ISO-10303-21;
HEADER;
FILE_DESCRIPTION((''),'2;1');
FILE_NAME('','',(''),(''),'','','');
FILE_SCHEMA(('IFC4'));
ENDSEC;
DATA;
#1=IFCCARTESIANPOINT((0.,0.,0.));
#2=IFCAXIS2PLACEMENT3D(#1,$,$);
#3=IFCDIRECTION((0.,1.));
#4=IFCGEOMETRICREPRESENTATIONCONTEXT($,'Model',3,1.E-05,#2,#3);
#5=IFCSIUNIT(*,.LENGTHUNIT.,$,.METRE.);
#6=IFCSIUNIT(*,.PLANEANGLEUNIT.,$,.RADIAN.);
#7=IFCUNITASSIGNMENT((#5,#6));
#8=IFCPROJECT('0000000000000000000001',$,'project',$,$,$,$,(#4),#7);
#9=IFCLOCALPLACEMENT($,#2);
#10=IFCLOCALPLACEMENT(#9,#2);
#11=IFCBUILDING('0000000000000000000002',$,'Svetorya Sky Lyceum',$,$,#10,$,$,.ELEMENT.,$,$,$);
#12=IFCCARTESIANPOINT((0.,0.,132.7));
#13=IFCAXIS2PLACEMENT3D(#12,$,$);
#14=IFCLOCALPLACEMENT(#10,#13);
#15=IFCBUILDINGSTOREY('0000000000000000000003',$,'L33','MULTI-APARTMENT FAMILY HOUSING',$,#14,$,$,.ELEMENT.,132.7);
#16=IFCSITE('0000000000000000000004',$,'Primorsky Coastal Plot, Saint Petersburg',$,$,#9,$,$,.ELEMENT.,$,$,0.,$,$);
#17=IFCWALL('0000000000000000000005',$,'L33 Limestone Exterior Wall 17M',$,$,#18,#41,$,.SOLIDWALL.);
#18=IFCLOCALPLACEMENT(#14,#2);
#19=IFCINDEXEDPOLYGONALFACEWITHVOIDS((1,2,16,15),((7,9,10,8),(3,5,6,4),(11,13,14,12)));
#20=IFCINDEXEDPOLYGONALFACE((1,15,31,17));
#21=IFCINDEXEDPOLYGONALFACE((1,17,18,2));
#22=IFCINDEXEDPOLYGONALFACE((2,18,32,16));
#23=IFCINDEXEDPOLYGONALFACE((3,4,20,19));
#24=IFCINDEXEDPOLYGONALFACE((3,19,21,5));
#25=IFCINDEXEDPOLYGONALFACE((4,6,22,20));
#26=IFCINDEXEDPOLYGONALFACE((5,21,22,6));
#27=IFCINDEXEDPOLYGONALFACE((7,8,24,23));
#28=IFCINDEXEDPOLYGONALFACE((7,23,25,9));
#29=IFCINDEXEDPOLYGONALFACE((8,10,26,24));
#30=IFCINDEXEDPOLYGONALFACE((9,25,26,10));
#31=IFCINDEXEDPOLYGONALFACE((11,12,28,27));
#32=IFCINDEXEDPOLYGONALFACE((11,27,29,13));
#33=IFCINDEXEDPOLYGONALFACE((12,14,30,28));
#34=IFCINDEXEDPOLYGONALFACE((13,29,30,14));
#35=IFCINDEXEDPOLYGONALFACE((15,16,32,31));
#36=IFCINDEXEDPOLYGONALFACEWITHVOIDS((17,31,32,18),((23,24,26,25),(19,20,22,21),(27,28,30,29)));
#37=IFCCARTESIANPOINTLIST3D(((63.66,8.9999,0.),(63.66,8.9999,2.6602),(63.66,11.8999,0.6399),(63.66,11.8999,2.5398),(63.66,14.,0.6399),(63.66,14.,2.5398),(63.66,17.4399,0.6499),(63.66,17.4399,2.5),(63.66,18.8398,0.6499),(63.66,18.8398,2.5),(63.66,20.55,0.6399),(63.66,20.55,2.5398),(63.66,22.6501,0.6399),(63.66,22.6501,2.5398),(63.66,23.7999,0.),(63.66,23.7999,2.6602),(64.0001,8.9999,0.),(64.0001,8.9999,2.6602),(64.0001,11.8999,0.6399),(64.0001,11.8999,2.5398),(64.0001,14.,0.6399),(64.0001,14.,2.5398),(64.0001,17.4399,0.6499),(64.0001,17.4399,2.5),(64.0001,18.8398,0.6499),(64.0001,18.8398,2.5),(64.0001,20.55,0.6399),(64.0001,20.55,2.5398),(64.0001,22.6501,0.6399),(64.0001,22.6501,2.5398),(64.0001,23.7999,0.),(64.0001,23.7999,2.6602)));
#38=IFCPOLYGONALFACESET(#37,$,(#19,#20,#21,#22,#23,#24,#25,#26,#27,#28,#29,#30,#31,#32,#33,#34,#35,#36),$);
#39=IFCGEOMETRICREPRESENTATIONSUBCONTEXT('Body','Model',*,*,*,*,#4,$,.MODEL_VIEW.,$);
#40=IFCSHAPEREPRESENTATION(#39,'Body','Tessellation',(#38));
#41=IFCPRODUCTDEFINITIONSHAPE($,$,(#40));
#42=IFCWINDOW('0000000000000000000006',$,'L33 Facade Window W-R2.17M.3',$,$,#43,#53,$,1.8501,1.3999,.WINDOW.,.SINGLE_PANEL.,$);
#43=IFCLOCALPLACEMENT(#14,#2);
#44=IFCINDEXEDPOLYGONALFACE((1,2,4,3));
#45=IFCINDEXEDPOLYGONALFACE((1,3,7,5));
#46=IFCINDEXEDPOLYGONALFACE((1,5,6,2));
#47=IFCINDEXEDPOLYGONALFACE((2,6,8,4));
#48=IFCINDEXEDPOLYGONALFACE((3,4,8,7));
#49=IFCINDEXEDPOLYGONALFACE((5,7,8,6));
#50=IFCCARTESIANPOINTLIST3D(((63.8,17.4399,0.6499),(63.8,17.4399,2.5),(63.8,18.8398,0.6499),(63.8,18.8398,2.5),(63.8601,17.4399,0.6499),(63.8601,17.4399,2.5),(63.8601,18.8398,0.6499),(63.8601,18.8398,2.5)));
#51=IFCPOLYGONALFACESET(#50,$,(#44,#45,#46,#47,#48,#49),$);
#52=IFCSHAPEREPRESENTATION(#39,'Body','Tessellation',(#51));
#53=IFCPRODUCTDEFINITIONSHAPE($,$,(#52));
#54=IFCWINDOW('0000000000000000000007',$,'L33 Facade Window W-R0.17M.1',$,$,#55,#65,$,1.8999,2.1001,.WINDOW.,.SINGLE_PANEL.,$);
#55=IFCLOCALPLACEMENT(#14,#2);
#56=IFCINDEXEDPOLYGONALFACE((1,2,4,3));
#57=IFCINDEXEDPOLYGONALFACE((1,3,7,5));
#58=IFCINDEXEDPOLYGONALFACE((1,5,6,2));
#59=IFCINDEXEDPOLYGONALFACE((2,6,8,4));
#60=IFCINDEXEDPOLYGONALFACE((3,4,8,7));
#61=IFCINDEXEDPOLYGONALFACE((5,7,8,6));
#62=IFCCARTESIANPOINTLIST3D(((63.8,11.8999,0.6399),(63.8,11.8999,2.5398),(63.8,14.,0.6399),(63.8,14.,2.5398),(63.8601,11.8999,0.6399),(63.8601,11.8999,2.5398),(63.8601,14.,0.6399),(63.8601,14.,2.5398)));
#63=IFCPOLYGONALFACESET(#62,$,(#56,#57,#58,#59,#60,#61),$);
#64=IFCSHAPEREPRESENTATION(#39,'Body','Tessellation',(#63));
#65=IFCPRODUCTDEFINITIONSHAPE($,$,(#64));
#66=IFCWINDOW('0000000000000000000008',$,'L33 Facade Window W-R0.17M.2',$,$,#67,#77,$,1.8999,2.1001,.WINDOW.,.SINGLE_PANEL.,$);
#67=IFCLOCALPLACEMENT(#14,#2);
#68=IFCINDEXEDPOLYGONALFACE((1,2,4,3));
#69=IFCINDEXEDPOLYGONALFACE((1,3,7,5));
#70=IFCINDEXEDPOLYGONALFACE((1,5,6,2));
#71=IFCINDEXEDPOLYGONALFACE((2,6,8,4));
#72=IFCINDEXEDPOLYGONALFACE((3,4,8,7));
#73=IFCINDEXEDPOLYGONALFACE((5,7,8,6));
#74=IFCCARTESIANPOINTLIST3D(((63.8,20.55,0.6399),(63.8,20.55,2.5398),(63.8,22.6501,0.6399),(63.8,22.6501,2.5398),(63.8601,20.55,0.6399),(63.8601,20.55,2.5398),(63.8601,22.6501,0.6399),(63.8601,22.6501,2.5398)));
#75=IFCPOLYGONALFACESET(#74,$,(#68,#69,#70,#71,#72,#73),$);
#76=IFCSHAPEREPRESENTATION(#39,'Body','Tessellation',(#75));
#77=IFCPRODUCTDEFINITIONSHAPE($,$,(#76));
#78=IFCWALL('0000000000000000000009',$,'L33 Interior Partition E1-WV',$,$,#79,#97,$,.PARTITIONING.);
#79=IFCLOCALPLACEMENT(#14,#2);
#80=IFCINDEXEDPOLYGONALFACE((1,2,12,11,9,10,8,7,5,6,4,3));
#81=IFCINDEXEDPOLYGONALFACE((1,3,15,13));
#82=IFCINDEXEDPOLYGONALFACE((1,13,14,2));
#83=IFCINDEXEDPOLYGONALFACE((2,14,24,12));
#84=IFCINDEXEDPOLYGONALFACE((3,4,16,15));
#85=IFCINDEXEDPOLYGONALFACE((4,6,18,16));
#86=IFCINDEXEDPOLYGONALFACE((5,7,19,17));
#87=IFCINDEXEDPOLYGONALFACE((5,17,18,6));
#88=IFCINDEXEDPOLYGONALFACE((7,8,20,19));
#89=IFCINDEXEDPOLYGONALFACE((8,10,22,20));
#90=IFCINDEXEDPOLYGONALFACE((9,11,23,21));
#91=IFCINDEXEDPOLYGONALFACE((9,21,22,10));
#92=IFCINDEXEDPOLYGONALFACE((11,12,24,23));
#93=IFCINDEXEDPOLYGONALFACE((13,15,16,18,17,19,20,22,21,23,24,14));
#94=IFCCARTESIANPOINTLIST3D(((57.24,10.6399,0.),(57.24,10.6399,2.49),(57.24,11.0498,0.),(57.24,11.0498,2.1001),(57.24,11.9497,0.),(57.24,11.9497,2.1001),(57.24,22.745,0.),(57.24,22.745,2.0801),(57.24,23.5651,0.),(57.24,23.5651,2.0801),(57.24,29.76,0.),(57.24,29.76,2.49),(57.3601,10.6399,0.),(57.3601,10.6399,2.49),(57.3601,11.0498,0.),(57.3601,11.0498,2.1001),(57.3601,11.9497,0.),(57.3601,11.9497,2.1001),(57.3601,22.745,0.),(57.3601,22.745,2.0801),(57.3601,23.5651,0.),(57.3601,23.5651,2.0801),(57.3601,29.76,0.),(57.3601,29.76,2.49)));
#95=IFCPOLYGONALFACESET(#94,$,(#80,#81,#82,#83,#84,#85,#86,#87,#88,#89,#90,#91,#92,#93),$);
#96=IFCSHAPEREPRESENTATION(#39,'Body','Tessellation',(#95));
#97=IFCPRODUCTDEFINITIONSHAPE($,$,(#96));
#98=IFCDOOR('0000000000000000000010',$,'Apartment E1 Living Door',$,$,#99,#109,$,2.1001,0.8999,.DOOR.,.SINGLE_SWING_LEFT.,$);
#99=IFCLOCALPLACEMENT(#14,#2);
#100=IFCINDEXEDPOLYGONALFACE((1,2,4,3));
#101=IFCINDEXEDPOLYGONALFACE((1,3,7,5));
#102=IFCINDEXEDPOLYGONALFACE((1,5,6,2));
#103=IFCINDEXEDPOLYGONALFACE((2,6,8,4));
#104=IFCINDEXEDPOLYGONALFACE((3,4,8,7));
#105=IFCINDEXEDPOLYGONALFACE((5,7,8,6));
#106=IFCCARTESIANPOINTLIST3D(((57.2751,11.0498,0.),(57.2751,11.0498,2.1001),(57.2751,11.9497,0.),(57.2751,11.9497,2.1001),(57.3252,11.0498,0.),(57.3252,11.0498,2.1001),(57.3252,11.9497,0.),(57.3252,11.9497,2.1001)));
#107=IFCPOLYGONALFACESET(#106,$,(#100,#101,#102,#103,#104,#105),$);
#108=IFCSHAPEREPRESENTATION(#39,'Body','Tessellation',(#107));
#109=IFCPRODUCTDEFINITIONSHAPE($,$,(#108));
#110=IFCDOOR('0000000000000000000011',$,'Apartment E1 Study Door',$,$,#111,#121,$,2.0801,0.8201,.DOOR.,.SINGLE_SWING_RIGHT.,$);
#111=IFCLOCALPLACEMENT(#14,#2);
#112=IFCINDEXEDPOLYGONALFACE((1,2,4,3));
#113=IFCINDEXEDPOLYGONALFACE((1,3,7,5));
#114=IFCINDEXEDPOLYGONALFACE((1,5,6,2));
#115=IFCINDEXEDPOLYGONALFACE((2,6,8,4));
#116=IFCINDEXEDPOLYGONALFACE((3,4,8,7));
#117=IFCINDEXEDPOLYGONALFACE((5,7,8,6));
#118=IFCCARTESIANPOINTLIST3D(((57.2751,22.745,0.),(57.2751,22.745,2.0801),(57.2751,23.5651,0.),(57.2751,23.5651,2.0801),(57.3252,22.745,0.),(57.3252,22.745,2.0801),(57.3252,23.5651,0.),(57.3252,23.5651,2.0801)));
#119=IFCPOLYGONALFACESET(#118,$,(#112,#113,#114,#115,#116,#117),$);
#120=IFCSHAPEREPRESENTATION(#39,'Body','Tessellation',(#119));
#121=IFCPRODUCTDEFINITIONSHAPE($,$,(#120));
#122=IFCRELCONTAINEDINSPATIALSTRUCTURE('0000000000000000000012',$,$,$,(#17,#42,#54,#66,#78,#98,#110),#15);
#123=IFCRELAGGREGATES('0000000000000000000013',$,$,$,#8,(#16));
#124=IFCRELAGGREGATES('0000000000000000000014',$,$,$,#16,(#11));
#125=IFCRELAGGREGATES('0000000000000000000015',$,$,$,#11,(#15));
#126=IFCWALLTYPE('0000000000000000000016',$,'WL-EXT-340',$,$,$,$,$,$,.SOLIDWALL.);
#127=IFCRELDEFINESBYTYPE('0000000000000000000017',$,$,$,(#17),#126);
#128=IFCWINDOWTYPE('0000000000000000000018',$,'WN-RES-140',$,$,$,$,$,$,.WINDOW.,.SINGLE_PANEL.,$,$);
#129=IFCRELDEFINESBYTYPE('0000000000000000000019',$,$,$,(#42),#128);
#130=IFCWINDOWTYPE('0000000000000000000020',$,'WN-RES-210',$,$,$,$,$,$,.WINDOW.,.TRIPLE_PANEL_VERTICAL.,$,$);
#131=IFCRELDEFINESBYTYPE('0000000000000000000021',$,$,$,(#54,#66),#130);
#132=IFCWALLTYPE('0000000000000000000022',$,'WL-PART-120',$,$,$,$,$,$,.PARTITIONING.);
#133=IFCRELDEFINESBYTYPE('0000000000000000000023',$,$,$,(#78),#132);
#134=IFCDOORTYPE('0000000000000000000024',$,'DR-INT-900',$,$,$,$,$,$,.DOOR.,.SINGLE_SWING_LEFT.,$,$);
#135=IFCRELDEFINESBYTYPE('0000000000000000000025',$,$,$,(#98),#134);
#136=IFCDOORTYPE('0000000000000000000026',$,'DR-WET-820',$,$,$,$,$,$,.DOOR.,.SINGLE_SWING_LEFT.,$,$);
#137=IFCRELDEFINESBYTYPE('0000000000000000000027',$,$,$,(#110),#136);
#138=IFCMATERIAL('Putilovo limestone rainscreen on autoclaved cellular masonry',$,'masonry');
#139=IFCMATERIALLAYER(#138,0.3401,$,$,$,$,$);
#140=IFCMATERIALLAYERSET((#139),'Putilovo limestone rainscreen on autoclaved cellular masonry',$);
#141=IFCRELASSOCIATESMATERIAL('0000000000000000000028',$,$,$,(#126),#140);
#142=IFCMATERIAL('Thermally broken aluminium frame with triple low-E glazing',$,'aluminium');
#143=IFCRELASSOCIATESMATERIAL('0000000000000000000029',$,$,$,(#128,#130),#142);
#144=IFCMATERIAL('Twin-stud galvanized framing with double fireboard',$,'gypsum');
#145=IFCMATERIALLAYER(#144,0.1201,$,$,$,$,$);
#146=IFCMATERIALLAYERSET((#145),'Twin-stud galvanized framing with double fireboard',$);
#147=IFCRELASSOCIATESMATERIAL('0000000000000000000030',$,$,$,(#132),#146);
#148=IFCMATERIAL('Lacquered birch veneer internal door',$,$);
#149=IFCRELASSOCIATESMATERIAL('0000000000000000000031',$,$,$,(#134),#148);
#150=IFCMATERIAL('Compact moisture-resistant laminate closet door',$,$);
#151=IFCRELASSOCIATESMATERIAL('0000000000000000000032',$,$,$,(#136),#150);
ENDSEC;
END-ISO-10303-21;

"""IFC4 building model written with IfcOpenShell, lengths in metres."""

from ifc_helpers import new_model, si_unit, direction, frame, frame_2d, origin, place, context, subcontext, project, spatial, rectangle, extrude, material, layer, layer_set, type_object, element, fill, save


model = new_model("IFC4")

# Units and contexts
model_context = context("Model", 3, precision=1e-05, world=origin(), true_north=direction((0.0, 1.0)))
body_context = subcontext(model_context, "Body", "Model", "MODEL_VIEW")
ifc_project = project(units=[si_unit("LENGTHUNIT", "METRE"), si_unit("PLANEANGLEUNIT", "RADIAN")], contexts=[model_context])

# Site, building, storey
site_placement = place(None, origin())
site = spatial("IfcSite", under=ifc_project, at=site_placement, Name="Primorsky Coastal Plot, Saint Petersburg", CompositionType="ELEMENT", RefElevation=0.0)
building_placement = place(site_placement, origin())
building = spatial("IfcBuilding", under=site, at=building_placement, Name="Svetorya Sky Lyceum", CompositionType="ELEMENT")
storey_placement = place(building_placement, frame((0.0, 0.0, 132.7)))
storey = spatial("IfcBuildingStorey", under=building, at=storey_placement, Name="L33", Description="MULTI-APARTMENT FAMILY HOUSING", CompositionType="ELEMENT", Elevation=132.7)

# Shared definitions
ifc_material_1 = material(Name="Putilovo limestone rainscreen on autoclaved cellular masonry", Category="masonry")
ifc_layer_1 = layer(ifc_material_1, 0.3401)
ifc_layer_set_1 = layer_set([ifc_layer_1], Name="Putilovo limestone rainscreen on autoclaved cellular masonry")
wall_type_1 = type_object("IfcWallType", Name="WL-EXT-340", PredefinedType="SOLIDWALL", material=ifc_layer_set_1)

# Wall, openings, windows
wall_1_placement = place(storey_placement, frame((63.8301, 9.0, 0.0), z_axis=(0.0, 0.0, 1.0), x_axis=(0.0, 1.0, 0.0)))
wall_1 = element("IfcWall", 1, at=wall_1_placement, inside=storey, type_object=wall_type_1, Name="L33 Limestone Exterior Wall 17M", PredefinedType="SOLIDWALL", context=body_context, shape_type="SweptSolid", body=[
    extrude(rectangle(XDim=14.8, YDim=0.3401, at=frame_2d((7.3999, 0.0))), origin(), (0.0, 0.0, 1.0), 2.6602),
])
opening_1_placement = place(wall_1_placement, frame((2.8999, 0.0, 0.6399)))
opening_1 = element("IfcOpeningElement", 2, at=opening_1_placement, cuts=wall_1, PredefinedType="OPENING", context=body_context, shape_type="SweptSolid", body=[
    extrude(rectangle(XDim=2.1001, YDim=1.8999, at=frame_2d((1.05, 0.95))), frame((0.0, 0.1799, 0.0), z_axis=(0.0, -1.0, 0.0), x_axis=(1.0, 0.0, 0.0)), (0.0, 0.0, 1.0), 0.3601),
])
opening_2_placement = place(wall_1_placement, frame((8.4399, 0.0, 0.6499)))
opening_2 = element("IfcOpeningElement", 3, at=opening_2_placement, cuts=wall_1, PredefinedType="OPENING", context=body_context, shape_type="SweptSolid", body=[
    extrude(rectangle(XDim=1.3999, YDim=1.8501, at=frame_2d((0.7, 0.925))), frame((0.0, 0.1799, 0.0), z_axis=(0.0, -1.0, 0.0), x_axis=(1.0, 0.0, 0.0)), (0.0, 0.0, 1.0), 0.3601),
])
opening_3_placement = place(wall_1_placement, frame((11.55, 0.0, 0.6399)))
opening_3 = element("IfcOpeningElement", 4, at=opening_3_placement, cuts=wall_1, PredefinedType="OPENING", context=body_context, shape_type="SweptSolid", body=[
    extrude(rectangle(XDim=2.1001, YDim=1.8999, at=frame_2d((1.05, 0.95))), frame((0.0, 0.1799, 0.0), z_axis=(0.0, -1.0, 0.0), x_axis=(1.0, 0.0, 0.0)), (0.0, 0.0, 1.0), 0.3601),
])
ifc_material_2 = material(Name="Thermally broken aluminium frame with triple low-E glazing", Category="aluminium")
window_type_1 = type_object("IfcWindowType", Name="WN-RES-140", PartitioningType="SINGLE_PANEL", PredefinedType="WINDOW", material=ifc_material_2)
window_1_placement = place(opening_2_placement, origin())
window_1 = element("IfcWindow", 5, at=window_1_placement, inside=storey, type_object=window_type_1, Name="L33 Facade Window W-R2.17M.3", OverallHeight=1.8501, OverallWidth=1.3999, PartitioningType="SINGLE_PANEL", PredefinedType="WINDOW", context=body_context, shape_type="SweptSolid", body=[
    extrude(rectangle(XDim=1.3999, YDim=1.8501, at=frame_2d((0.7, 0.925))), frame((0.0, 0.03, 0.0), z_axis=(0.0, -1.0, 0.0), x_axis=(1.0, 0.0, 0.0)), (0.0, 0.0, 1.0), 0.0601),
])
fill(opening_2, window_1)
window_type_2 = type_object("IfcWindowType", Name="WN-RES-210", PartitioningType="TRIPLE_PANEL_VERTICAL", PredefinedType="WINDOW", material=ifc_material_2)
window_2_placement = place(opening_1_placement, origin())
window_2 = element("IfcWindow", 6, at=window_2_placement, inside=storey, type_object=window_type_2, Name="L33 Facade Window W-R0.17M.1", OverallHeight=1.8999, OverallWidth=2.1001, PartitioningType="SINGLE_PANEL", PredefinedType="WINDOW", context=body_context, shape_type="SweptSolid", body=[
    extrude(rectangle(XDim=2.1001, YDim=1.8999, at=frame_2d((1.05, 0.95))), frame((0.0, 0.03, 0.0), z_axis=(0.0, -1.0, 0.0), x_axis=(1.0, 0.0, 0.0)), (0.0, 0.0, 1.0), 0.0601),
])
fill(opening_1, window_2)
window_3_placement = place(opening_3_placement, origin())
window_3 = element("IfcWindow", 7, at=window_3_placement, inside=storey, type_object=window_type_2, Name="L33 Facade Window W-R0.17M.2", OverallHeight=1.8999, OverallWidth=2.1001, PartitioningType="SINGLE_PANEL", PredefinedType="WINDOW", context=body_context, shape_type="SweptSolid", body=[
    extrude(rectangle(XDim=2.1001, YDim=1.8999, at=frame_2d((1.05, 0.95))), frame((0.0, 0.03, 0.0), z_axis=(0.0, -1.0, 0.0), x_axis=(1.0, 0.0, 0.0)), (0.0, 0.0, 1.0), 0.0601),
])
fill(opening_3, window_3)

# Wall, openings, doors
ifc_material_3 = material(Name="Twin-stud galvanized framing with double fireboard", Category="gypsum")
ifc_layer_2 = layer(ifc_material_3, 0.1201)
ifc_layer_set_2 = layer_set([ifc_layer_2], Name="Twin-stud galvanized framing with double fireboard")
wall_type_2 = type_object("IfcWallType", Name="WL-PART-120", PredefinedType="PARTITIONING", material=ifc_layer_set_2)
wall_2_placement = place(storey_placement, frame((57.3, 10.6399, 0.0), z_axis=(0.0, 0.0, 1.0), x_axis=(0.0, 1.0, 0.0)))
wall_2 = element("IfcWall", 8, at=wall_2_placement, inside=storey, type_object=wall_type_2, Name="L33 Interior Partition E1-WV", PredefinedType="PARTITIONING", context=body_context, shape_type="SweptSolid", body=[
    extrude(rectangle(XDim=19.1201, YDim=0.1201, at=frame_2d((9.5601, 0.0))), origin(), (0.0, 0.0, 1.0), 2.49),
])
opening_4_placement = place(wall_2_placement, frame((0.4099, 0.0, 0.0)))
opening_4 = element("IfcOpeningElement", 9, at=opening_4_placement, cuts=wall_2, PredefinedType="OPENING", context=body_context, shape_type="SweptSolid", body=[
    extrude(rectangle(XDim=0.8999, YDim=2.1001, at=frame_2d((0.45, 1.05))), frame((0.0, 0.0701, 0.0), z_axis=(0.0, -1.0, 0.0), x_axis=(1.0, 0.0, 0.0)), (0.0, 0.0, 1.0), 0.1401),
])
opening_5_placement = place(wall_2_placement, frame((12.105, 0.0, 0.0)))
opening_5 = element("IfcOpeningElement", 10, at=opening_5_placement, cuts=wall_2, PredefinedType="OPENING", context=body_context, shape_type="SweptSolid", body=[
    extrude(rectangle(XDim=0.8201, YDim=2.0801, at=frame_2d((0.4102, 1.04))), frame((0.0, 0.0701, 0.0), z_axis=(0.0, -1.0, 0.0), x_axis=(1.0, 0.0, 0.0)), (0.0, 0.0, 1.0), 0.1401),
])
ifc_material_4 = material(Name="Lacquered birch veneer internal door")
door_type_1 = type_object("IfcDoorType", Name="DR-INT-900", OperationType="SINGLE_SWING_LEFT", PredefinedType="DOOR", material=ifc_material_4)
door_1_placement = place(opening_4_placement, origin())
door_1 = element("IfcDoor", 11, at=door_1_placement, inside=storey, type_object=door_type_1, Name="Apartment E1 Living Door", OperationType="SINGLE_SWING_LEFT", OverallHeight=2.1001, OverallWidth=0.8999, PredefinedType="DOOR", context=body_context, shape_type="SweptSolid", body=[
    extrude(rectangle(XDim=0.8999, YDim=2.1001, at=frame_2d((0.45, 1.05))), frame((0.0, 0.0249, 0.0), z_axis=(0.0, -1.0, 0.0), x_axis=(1.0, 0.0, 0.0)), (0.0, 0.0, 1.0), 0.05),
])
fill(opening_4, door_1)
ifc_material_5 = material(Name="Compact moisture-resistant laminate closet door")
door_type_2 = type_object("IfcDoorType", Name="DR-WET-820", OperationType="SINGLE_SWING_LEFT", PredefinedType="DOOR", material=ifc_material_5)
door_2_placement = place(opening_5_placement, origin())
door_2 = element("IfcDoor", 12, at=door_2_placement, inside=storey, type_object=door_type_2, Name="Apartment E1 Study Door", OperationType="SINGLE_SWING_RIGHT", OverallHeight=2.0801, OverallWidth=0.8201, PredefinedType="DOOR", context=body_context, shape_type="SweptSolid", body=[
    extrude(rectangle(XDim=0.8201, YDim=2.0801, at=frame_2d((0.4102, 1.04))), frame((0.0, 0.0249, 0.0), z_axis=(0.0, -1.0, 0.0), x_axis=(1.0, 0.0, 0.0)), (0.0, 0.0, 1.0), 0.05),
])
fill(opening_5, door_2)

save(model, "model.ifc")
